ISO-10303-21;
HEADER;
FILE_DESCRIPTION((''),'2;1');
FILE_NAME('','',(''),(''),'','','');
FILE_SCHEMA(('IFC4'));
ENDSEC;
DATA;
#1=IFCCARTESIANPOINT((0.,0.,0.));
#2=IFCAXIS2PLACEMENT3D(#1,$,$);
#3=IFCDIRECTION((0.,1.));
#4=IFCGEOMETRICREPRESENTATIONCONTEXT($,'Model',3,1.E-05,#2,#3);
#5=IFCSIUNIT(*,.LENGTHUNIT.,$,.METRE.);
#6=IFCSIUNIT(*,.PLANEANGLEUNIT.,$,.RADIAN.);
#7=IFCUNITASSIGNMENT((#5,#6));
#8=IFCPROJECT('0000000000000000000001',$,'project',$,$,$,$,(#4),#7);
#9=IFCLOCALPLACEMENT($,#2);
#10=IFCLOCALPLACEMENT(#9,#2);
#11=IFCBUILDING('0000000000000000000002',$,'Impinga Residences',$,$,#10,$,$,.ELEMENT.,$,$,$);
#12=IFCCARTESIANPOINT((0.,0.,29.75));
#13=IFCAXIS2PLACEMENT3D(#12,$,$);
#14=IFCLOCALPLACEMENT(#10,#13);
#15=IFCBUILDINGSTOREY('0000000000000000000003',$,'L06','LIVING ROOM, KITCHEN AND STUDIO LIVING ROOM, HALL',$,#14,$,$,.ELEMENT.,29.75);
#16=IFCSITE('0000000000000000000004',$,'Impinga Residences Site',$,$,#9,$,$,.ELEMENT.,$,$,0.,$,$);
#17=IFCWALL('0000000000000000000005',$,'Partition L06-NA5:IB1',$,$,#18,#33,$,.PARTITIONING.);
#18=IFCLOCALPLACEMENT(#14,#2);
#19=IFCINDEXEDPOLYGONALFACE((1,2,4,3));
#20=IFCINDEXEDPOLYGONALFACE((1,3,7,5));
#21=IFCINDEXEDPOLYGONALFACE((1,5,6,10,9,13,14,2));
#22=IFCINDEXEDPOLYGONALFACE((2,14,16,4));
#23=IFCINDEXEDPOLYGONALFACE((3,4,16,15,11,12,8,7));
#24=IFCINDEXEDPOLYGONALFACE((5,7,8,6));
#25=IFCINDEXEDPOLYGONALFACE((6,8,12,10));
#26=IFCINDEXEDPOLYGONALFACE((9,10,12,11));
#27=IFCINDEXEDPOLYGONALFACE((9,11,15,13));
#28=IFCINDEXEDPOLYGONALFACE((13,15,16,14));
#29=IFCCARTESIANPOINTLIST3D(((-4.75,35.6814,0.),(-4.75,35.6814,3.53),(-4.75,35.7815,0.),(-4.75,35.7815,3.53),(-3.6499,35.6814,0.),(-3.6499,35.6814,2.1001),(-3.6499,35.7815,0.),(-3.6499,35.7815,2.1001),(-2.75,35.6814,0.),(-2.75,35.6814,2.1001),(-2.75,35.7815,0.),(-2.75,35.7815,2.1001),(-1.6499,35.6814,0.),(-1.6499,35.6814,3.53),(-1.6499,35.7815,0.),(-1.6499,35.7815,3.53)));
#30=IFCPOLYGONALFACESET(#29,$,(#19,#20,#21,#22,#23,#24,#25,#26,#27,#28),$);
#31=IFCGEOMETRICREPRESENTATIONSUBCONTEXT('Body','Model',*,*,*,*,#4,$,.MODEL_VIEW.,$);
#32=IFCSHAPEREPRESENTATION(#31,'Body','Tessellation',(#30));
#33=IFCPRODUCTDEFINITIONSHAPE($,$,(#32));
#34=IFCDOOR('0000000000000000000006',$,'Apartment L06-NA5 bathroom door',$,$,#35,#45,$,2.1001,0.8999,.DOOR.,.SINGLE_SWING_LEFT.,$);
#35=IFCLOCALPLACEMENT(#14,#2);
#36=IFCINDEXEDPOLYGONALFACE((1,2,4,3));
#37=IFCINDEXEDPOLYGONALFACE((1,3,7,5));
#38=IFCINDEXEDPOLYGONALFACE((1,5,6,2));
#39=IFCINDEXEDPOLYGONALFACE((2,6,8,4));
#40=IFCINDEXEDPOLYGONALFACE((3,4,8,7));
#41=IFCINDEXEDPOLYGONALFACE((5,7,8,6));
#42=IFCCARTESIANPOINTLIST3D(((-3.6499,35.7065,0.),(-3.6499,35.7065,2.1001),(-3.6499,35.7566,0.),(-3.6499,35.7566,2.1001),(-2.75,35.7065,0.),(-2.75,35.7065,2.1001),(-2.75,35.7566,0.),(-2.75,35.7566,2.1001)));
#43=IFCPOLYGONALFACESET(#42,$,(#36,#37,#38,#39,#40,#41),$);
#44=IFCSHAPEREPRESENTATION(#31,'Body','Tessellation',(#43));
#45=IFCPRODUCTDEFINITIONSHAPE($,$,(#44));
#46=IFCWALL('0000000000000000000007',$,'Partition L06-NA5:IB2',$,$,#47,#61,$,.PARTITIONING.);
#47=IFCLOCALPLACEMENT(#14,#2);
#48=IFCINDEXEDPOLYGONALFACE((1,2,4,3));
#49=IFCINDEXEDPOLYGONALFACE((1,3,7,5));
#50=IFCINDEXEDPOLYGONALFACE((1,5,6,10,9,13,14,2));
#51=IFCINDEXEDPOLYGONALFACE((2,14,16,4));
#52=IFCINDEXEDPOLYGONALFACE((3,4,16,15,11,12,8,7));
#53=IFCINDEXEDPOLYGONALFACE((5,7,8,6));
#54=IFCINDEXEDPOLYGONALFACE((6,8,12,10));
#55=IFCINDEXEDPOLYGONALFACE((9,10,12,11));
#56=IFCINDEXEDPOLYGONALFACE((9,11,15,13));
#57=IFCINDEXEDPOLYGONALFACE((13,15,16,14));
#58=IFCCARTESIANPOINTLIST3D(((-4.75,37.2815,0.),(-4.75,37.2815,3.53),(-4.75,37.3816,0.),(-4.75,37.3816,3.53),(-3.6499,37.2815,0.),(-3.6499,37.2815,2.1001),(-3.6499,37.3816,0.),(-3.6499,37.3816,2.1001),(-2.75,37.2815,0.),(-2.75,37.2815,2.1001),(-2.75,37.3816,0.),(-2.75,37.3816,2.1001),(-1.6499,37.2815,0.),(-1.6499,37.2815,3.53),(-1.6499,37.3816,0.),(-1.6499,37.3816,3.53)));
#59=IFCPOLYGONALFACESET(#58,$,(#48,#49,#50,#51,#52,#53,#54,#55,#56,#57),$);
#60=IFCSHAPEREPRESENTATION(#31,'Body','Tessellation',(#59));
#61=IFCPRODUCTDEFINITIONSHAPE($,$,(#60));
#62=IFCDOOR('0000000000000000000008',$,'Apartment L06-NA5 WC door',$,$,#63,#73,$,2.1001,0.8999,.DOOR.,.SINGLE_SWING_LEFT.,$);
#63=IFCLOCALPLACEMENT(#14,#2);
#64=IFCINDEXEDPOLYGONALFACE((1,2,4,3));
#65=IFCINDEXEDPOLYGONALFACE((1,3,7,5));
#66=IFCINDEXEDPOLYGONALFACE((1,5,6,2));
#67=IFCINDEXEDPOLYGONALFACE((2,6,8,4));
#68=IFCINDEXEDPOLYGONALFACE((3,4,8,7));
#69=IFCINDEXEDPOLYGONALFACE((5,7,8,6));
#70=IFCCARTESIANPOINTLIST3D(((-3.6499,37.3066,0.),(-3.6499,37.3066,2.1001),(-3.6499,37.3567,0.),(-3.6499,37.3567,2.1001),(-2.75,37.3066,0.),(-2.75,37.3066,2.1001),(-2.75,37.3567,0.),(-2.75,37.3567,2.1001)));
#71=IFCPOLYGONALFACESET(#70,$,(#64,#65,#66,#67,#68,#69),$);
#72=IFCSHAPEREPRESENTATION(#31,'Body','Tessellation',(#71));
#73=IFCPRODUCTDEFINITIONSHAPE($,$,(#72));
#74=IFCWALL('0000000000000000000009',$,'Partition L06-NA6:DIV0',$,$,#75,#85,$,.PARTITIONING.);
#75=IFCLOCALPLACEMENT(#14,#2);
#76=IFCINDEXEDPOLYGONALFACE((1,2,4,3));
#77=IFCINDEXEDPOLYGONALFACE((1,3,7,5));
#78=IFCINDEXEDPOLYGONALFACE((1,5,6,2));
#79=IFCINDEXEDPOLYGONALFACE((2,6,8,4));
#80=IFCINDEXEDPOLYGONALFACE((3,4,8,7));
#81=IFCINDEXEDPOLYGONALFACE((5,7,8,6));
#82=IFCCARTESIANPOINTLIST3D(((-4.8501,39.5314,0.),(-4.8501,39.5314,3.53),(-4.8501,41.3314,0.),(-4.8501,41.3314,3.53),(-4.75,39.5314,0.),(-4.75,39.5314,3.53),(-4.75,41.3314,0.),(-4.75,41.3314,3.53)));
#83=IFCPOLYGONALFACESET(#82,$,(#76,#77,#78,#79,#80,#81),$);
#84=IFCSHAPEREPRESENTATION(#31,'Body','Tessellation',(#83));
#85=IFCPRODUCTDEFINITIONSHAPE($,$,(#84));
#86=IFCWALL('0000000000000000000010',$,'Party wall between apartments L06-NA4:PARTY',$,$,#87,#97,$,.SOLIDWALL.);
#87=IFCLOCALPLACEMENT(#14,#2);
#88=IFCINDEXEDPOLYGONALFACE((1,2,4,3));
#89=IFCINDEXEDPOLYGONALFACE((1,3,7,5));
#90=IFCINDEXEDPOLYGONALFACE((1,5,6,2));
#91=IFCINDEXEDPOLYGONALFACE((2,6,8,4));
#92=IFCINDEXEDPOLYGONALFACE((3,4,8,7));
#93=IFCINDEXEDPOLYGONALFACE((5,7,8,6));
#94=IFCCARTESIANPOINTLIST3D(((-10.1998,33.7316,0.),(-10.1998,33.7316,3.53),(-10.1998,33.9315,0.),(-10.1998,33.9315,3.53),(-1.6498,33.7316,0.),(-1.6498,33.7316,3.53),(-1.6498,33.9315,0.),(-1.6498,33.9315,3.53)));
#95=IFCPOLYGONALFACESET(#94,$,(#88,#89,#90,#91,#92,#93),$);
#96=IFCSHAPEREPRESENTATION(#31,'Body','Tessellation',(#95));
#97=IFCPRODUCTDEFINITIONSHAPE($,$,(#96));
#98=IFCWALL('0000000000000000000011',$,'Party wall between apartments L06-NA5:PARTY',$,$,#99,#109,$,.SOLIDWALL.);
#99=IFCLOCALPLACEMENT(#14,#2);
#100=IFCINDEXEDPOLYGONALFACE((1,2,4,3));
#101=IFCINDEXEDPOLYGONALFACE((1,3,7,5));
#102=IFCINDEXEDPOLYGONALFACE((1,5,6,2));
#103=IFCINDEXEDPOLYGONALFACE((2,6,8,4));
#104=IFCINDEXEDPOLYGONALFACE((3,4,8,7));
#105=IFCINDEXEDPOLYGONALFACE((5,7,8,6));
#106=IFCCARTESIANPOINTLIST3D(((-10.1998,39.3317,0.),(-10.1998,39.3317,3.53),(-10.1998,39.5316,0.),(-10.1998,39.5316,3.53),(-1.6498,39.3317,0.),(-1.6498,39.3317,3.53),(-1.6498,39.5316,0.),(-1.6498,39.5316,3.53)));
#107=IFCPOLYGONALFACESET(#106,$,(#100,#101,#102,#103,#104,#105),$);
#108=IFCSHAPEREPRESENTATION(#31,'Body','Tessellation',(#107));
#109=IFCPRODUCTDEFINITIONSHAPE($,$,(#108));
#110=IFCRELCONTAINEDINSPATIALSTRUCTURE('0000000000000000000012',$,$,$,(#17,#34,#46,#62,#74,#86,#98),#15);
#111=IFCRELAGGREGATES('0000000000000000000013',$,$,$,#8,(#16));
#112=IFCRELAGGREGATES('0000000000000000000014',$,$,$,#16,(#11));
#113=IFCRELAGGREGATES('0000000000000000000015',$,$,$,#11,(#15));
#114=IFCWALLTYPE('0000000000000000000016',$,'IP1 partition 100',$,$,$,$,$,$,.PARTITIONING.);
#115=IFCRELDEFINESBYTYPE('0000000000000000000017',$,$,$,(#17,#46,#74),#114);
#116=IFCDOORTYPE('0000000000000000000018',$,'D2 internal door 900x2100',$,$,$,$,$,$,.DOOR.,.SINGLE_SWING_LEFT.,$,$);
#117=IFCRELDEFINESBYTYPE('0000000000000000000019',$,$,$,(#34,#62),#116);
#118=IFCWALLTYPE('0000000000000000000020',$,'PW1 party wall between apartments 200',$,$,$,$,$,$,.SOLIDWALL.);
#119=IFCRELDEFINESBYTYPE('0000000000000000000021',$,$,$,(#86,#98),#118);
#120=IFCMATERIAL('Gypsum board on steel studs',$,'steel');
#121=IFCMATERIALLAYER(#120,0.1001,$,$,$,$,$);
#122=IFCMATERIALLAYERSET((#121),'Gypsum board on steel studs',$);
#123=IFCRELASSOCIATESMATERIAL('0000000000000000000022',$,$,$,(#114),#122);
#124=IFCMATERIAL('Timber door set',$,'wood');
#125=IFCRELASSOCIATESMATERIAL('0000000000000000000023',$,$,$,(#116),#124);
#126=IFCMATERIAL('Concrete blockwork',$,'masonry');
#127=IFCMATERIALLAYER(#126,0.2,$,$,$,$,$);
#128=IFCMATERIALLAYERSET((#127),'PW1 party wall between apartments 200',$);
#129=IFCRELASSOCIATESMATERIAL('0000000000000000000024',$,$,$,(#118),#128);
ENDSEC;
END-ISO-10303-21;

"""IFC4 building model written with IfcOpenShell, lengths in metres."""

from ifc_helpers import new_model, si_unit, direction, frame, frame_2d, origin, place, context, subcontext, project, spatial, rectangle, extrude, material, layer, layer_set, type_object, element, fill, save


model = new_model("IFC4")

# Units and contexts
model_context = context("Model", 3, precision=1e-05, world=origin(), true_north=direction((0.0, 1.0)))
body_context = subcontext(model_context, "Body", "Model", "MODEL_VIEW")
ifc_project = project(units=[si_unit("LENGTHUNIT", "METRE"), si_unit("PLANEANGLEUNIT", "RADIAN")], contexts=[model_context])

# Site, building, storey
site_placement = place(None, origin())
site = spatial("IfcSite", under=ifc_project, at=site_placement, Name="Impinga Residences Site", CompositionType="ELEMENT", RefElevation=0.0)
building_placement = place(site_placement, origin())
building = spatial("IfcBuilding", under=site, at=building_placement, Name="Impinga Residences", CompositionType="ELEMENT")
storey_placement = place(building_placement, frame((0.0, 0.0, 29.75)))
storey = spatial("IfcBuildingStorey", under=building, at=storey_placement, Name="L06", Description="LIVING ROOM, KITCHEN AND STUDIO LIVING ROOM, HALL", CompositionType="ELEMENT", Elevation=29.75)

# Shared definitions
ifc_material_1 = material(Name="Gypsum board on steel studs", Category="steel")
ifc_layer_1 = layer(ifc_material_1, 0.1001)
ifc_layer_set_1 = layer_set([ifc_layer_1], Name="Gypsum board on steel studs")
wall_type_1 = type_object("IfcWallType", Name="IP1 partition 100", PredefinedType="PARTITIONING", material=ifc_layer_set_1)
ifc_material_2 = material(Name="Timber door set", Category="wood")
door_type = type_object("IfcDoorType", Name="D2 internal door 900x2100", OperationType="SINGLE_SWING_LEFT", PredefinedType="DOOR", material=ifc_material_2)

# Walls, openings, doors
wall_1_placement = place(storey_placement, frame((-1.6499, 35.7314, 0.0), z_axis=(0.0, 0.0, 1.0), x_axis=(-1.0, 0.0, 0.0)))
wall_1 = element("IfcWall", 1, at=wall_1_placement, inside=storey, type_object=wall_type_1, Name="Partition L06-NA5:IB1", PredefinedType="PARTITIONING", context=body_context, shape_type="SweptSolid", body=[
    extrude(rectangle(XDim=3.1001, YDim=0.1001, at=frame_2d((1.55, 0.0))), origin(), (0.0, 0.0, 1.0), 3.53),
])
opening_1_placement = place(wall_1_placement, frame((1.1001, 0.0, 0.0)))
opening_1 = element("IfcOpeningElement", 2, at=opening_1_placement, cuts=wall_1, PredefinedType="OPENING", context=body_context, shape_type="SweptSolid", body=[
    extrude(rectangle(XDim=0.8999, YDim=2.1001, at=frame_2d((0.45, 1.05))), frame((0.0, 0.0601, 0.0), z_axis=(0.0, -1.0, 0.0), x_axis=(1.0, 0.0, 0.0)), (0.0, 0.0, 1.0), 0.1201),
])
door_1_placement = place(opening_1_placement, origin())
door_1 = element("IfcDoor", 3, at=door_1_placement, inside=storey, type_object=door_type, Name="Apartment L06-NA5 bathroom door", OperationType="SINGLE_SWING_LEFT", OverallHeight=2.1001, OverallWidth=0.8999, PredefinedType="DOOR", context=body_context, shape_type="SweptSolid", body=[
    extrude(rectangle(XDim=0.8999, YDim=2.1001, at=frame_2d((0.45, 1.05))), frame((0.0, 0.0249, 0.0), z_axis=(0.0, -1.0, 0.0), x_axis=(1.0, 0.0, 0.0)), (0.0, 0.0, 1.0), 0.05),
])
fill(opening_1, door_1)
wall_2_placement = place(storey_placement, frame((-1.6499, 37.3315, 0.0), z_axis=(0.0, 0.0, 1.0), x_axis=(-1.0, 0.0, 0.0)))
wall_2 = element("IfcWall", 4, at=wall_2_placement, inside=storey, type_object=wall_type_1, Name="Partition L06-NA5:IB2", PredefinedType="PARTITIONING", context=body_context, shape_type="SweptSolid", body=[
    extrude(rectangle(XDim=3.1001, YDim=0.1001, at=frame_2d((1.55, 0.0))), origin(), (0.0, 0.0, 1.0), 3.53),
])
opening_2_placement = place(wall_2_placement, frame((1.1001, 0.0, 0.0)))
opening_2 = element("IfcOpeningElement", 5, at=opening_2_placement, cuts=wall_2, PredefinedType="OPENING", context=body_context, shape_type="SweptSolid", body=[
    extrude(rectangle(XDim=0.8999, YDim=2.1001, at=frame_2d((0.45, 1.05))), frame((0.0, 0.0601, 0.0), z_axis=(0.0, -1.0, 0.0), x_axis=(1.0, 0.0, 0.0)), (0.0, 0.0, 1.0), 0.1201),
])
door_2_placement = place(opening_2_placement, origin())
door_2 = element("IfcDoor", 6, at=door_2_placement, inside=storey, type_object=door_type, Name="Apartment L06-NA5 WC door", OperationType="SINGLE_SWING_LEFT", OverallHeight=2.1001, OverallWidth=0.8999, PredefinedType="DOOR", context=body_context, shape_type="SweptSolid", body=[
    extrude(rectangle(XDim=0.8999, YDim=2.1001, at=frame_2d((0.45, 1.05))), frame((0.0, 0.0249, 0.0), z_axis=(0.0, -1.0, 0.0), x_axis=(1.0, 0.0, 0.0)), (0.0, 0.0, 1.0), 0.05),
])
fill(opening_2, door_2)

# Walls
wall_3_placement = place(storey_placement, frame((-4.8, 39.5315, 0.0), z_axis=(0.0, 0.0, 1.0), x_axis=(0.0, 1.0, 0.0)))
element("IfcWall", 7, at=wall_3_placement, inside=storey, type_object=wall_type_1, Name="Partition L06-NA6:DIV0", PredefinedType="PARTITIONING", context=body_context, shape_type="SweptSolid", body=[
    extrude(rectangle(XDim=1.8, YDim=0.1001, at=frame_2d((0.8999, 0.0))), origin(), (0.0, 0.0, 1.0), 3.53),
])
ifc_material_3 = material(Name="Concrete blockwork", Category="masonry")
ifc_layer_2 = layer(ifc_material_3, 0.2)
ifc_layer_set_2 = layer_set([ifc_layer_2], Name="PW1 party wall between apartments 200")
wall_type_2 = type_object("IfcWallType", Name="PW1 party wall between apartments 200", PredefinedType="SOLIDWALL", material=ifc_layer_set_2)
for number, where, z_axis, x_axis, name in (
    (8, (-1.6499, 33.8315, 0.0), (0.0, 0.0, 1.0), (-1.0, 0.0, 0.0), "Party wall between apartments L06-NA4:PARTY"),
    (9, (-1.6499, 39.4316, 0.0), (0.0, 0.0, 1.0), (-1.0, 0.0, 0.0), "Party wall between apartments L06-NA5:PARTY"),
):
    element("IfcWall", number, at=place(storey_placement, frame(where, z_axis=z_axis, x_axis=x_axis)), inside=storey, type_object=wall_type_2, Name=name, PredefinedType="SOLIDWALL", context=body_context, shape_type="SweptSolid", body=[
        extrude(rectangle(XDim=8.55, YDim=0.2, at=frame_2d((4.2749, 0.0))), origin(), (0.0, 0.0, 1.0), 3.53),
    ])

save(model, "model.ifc")
